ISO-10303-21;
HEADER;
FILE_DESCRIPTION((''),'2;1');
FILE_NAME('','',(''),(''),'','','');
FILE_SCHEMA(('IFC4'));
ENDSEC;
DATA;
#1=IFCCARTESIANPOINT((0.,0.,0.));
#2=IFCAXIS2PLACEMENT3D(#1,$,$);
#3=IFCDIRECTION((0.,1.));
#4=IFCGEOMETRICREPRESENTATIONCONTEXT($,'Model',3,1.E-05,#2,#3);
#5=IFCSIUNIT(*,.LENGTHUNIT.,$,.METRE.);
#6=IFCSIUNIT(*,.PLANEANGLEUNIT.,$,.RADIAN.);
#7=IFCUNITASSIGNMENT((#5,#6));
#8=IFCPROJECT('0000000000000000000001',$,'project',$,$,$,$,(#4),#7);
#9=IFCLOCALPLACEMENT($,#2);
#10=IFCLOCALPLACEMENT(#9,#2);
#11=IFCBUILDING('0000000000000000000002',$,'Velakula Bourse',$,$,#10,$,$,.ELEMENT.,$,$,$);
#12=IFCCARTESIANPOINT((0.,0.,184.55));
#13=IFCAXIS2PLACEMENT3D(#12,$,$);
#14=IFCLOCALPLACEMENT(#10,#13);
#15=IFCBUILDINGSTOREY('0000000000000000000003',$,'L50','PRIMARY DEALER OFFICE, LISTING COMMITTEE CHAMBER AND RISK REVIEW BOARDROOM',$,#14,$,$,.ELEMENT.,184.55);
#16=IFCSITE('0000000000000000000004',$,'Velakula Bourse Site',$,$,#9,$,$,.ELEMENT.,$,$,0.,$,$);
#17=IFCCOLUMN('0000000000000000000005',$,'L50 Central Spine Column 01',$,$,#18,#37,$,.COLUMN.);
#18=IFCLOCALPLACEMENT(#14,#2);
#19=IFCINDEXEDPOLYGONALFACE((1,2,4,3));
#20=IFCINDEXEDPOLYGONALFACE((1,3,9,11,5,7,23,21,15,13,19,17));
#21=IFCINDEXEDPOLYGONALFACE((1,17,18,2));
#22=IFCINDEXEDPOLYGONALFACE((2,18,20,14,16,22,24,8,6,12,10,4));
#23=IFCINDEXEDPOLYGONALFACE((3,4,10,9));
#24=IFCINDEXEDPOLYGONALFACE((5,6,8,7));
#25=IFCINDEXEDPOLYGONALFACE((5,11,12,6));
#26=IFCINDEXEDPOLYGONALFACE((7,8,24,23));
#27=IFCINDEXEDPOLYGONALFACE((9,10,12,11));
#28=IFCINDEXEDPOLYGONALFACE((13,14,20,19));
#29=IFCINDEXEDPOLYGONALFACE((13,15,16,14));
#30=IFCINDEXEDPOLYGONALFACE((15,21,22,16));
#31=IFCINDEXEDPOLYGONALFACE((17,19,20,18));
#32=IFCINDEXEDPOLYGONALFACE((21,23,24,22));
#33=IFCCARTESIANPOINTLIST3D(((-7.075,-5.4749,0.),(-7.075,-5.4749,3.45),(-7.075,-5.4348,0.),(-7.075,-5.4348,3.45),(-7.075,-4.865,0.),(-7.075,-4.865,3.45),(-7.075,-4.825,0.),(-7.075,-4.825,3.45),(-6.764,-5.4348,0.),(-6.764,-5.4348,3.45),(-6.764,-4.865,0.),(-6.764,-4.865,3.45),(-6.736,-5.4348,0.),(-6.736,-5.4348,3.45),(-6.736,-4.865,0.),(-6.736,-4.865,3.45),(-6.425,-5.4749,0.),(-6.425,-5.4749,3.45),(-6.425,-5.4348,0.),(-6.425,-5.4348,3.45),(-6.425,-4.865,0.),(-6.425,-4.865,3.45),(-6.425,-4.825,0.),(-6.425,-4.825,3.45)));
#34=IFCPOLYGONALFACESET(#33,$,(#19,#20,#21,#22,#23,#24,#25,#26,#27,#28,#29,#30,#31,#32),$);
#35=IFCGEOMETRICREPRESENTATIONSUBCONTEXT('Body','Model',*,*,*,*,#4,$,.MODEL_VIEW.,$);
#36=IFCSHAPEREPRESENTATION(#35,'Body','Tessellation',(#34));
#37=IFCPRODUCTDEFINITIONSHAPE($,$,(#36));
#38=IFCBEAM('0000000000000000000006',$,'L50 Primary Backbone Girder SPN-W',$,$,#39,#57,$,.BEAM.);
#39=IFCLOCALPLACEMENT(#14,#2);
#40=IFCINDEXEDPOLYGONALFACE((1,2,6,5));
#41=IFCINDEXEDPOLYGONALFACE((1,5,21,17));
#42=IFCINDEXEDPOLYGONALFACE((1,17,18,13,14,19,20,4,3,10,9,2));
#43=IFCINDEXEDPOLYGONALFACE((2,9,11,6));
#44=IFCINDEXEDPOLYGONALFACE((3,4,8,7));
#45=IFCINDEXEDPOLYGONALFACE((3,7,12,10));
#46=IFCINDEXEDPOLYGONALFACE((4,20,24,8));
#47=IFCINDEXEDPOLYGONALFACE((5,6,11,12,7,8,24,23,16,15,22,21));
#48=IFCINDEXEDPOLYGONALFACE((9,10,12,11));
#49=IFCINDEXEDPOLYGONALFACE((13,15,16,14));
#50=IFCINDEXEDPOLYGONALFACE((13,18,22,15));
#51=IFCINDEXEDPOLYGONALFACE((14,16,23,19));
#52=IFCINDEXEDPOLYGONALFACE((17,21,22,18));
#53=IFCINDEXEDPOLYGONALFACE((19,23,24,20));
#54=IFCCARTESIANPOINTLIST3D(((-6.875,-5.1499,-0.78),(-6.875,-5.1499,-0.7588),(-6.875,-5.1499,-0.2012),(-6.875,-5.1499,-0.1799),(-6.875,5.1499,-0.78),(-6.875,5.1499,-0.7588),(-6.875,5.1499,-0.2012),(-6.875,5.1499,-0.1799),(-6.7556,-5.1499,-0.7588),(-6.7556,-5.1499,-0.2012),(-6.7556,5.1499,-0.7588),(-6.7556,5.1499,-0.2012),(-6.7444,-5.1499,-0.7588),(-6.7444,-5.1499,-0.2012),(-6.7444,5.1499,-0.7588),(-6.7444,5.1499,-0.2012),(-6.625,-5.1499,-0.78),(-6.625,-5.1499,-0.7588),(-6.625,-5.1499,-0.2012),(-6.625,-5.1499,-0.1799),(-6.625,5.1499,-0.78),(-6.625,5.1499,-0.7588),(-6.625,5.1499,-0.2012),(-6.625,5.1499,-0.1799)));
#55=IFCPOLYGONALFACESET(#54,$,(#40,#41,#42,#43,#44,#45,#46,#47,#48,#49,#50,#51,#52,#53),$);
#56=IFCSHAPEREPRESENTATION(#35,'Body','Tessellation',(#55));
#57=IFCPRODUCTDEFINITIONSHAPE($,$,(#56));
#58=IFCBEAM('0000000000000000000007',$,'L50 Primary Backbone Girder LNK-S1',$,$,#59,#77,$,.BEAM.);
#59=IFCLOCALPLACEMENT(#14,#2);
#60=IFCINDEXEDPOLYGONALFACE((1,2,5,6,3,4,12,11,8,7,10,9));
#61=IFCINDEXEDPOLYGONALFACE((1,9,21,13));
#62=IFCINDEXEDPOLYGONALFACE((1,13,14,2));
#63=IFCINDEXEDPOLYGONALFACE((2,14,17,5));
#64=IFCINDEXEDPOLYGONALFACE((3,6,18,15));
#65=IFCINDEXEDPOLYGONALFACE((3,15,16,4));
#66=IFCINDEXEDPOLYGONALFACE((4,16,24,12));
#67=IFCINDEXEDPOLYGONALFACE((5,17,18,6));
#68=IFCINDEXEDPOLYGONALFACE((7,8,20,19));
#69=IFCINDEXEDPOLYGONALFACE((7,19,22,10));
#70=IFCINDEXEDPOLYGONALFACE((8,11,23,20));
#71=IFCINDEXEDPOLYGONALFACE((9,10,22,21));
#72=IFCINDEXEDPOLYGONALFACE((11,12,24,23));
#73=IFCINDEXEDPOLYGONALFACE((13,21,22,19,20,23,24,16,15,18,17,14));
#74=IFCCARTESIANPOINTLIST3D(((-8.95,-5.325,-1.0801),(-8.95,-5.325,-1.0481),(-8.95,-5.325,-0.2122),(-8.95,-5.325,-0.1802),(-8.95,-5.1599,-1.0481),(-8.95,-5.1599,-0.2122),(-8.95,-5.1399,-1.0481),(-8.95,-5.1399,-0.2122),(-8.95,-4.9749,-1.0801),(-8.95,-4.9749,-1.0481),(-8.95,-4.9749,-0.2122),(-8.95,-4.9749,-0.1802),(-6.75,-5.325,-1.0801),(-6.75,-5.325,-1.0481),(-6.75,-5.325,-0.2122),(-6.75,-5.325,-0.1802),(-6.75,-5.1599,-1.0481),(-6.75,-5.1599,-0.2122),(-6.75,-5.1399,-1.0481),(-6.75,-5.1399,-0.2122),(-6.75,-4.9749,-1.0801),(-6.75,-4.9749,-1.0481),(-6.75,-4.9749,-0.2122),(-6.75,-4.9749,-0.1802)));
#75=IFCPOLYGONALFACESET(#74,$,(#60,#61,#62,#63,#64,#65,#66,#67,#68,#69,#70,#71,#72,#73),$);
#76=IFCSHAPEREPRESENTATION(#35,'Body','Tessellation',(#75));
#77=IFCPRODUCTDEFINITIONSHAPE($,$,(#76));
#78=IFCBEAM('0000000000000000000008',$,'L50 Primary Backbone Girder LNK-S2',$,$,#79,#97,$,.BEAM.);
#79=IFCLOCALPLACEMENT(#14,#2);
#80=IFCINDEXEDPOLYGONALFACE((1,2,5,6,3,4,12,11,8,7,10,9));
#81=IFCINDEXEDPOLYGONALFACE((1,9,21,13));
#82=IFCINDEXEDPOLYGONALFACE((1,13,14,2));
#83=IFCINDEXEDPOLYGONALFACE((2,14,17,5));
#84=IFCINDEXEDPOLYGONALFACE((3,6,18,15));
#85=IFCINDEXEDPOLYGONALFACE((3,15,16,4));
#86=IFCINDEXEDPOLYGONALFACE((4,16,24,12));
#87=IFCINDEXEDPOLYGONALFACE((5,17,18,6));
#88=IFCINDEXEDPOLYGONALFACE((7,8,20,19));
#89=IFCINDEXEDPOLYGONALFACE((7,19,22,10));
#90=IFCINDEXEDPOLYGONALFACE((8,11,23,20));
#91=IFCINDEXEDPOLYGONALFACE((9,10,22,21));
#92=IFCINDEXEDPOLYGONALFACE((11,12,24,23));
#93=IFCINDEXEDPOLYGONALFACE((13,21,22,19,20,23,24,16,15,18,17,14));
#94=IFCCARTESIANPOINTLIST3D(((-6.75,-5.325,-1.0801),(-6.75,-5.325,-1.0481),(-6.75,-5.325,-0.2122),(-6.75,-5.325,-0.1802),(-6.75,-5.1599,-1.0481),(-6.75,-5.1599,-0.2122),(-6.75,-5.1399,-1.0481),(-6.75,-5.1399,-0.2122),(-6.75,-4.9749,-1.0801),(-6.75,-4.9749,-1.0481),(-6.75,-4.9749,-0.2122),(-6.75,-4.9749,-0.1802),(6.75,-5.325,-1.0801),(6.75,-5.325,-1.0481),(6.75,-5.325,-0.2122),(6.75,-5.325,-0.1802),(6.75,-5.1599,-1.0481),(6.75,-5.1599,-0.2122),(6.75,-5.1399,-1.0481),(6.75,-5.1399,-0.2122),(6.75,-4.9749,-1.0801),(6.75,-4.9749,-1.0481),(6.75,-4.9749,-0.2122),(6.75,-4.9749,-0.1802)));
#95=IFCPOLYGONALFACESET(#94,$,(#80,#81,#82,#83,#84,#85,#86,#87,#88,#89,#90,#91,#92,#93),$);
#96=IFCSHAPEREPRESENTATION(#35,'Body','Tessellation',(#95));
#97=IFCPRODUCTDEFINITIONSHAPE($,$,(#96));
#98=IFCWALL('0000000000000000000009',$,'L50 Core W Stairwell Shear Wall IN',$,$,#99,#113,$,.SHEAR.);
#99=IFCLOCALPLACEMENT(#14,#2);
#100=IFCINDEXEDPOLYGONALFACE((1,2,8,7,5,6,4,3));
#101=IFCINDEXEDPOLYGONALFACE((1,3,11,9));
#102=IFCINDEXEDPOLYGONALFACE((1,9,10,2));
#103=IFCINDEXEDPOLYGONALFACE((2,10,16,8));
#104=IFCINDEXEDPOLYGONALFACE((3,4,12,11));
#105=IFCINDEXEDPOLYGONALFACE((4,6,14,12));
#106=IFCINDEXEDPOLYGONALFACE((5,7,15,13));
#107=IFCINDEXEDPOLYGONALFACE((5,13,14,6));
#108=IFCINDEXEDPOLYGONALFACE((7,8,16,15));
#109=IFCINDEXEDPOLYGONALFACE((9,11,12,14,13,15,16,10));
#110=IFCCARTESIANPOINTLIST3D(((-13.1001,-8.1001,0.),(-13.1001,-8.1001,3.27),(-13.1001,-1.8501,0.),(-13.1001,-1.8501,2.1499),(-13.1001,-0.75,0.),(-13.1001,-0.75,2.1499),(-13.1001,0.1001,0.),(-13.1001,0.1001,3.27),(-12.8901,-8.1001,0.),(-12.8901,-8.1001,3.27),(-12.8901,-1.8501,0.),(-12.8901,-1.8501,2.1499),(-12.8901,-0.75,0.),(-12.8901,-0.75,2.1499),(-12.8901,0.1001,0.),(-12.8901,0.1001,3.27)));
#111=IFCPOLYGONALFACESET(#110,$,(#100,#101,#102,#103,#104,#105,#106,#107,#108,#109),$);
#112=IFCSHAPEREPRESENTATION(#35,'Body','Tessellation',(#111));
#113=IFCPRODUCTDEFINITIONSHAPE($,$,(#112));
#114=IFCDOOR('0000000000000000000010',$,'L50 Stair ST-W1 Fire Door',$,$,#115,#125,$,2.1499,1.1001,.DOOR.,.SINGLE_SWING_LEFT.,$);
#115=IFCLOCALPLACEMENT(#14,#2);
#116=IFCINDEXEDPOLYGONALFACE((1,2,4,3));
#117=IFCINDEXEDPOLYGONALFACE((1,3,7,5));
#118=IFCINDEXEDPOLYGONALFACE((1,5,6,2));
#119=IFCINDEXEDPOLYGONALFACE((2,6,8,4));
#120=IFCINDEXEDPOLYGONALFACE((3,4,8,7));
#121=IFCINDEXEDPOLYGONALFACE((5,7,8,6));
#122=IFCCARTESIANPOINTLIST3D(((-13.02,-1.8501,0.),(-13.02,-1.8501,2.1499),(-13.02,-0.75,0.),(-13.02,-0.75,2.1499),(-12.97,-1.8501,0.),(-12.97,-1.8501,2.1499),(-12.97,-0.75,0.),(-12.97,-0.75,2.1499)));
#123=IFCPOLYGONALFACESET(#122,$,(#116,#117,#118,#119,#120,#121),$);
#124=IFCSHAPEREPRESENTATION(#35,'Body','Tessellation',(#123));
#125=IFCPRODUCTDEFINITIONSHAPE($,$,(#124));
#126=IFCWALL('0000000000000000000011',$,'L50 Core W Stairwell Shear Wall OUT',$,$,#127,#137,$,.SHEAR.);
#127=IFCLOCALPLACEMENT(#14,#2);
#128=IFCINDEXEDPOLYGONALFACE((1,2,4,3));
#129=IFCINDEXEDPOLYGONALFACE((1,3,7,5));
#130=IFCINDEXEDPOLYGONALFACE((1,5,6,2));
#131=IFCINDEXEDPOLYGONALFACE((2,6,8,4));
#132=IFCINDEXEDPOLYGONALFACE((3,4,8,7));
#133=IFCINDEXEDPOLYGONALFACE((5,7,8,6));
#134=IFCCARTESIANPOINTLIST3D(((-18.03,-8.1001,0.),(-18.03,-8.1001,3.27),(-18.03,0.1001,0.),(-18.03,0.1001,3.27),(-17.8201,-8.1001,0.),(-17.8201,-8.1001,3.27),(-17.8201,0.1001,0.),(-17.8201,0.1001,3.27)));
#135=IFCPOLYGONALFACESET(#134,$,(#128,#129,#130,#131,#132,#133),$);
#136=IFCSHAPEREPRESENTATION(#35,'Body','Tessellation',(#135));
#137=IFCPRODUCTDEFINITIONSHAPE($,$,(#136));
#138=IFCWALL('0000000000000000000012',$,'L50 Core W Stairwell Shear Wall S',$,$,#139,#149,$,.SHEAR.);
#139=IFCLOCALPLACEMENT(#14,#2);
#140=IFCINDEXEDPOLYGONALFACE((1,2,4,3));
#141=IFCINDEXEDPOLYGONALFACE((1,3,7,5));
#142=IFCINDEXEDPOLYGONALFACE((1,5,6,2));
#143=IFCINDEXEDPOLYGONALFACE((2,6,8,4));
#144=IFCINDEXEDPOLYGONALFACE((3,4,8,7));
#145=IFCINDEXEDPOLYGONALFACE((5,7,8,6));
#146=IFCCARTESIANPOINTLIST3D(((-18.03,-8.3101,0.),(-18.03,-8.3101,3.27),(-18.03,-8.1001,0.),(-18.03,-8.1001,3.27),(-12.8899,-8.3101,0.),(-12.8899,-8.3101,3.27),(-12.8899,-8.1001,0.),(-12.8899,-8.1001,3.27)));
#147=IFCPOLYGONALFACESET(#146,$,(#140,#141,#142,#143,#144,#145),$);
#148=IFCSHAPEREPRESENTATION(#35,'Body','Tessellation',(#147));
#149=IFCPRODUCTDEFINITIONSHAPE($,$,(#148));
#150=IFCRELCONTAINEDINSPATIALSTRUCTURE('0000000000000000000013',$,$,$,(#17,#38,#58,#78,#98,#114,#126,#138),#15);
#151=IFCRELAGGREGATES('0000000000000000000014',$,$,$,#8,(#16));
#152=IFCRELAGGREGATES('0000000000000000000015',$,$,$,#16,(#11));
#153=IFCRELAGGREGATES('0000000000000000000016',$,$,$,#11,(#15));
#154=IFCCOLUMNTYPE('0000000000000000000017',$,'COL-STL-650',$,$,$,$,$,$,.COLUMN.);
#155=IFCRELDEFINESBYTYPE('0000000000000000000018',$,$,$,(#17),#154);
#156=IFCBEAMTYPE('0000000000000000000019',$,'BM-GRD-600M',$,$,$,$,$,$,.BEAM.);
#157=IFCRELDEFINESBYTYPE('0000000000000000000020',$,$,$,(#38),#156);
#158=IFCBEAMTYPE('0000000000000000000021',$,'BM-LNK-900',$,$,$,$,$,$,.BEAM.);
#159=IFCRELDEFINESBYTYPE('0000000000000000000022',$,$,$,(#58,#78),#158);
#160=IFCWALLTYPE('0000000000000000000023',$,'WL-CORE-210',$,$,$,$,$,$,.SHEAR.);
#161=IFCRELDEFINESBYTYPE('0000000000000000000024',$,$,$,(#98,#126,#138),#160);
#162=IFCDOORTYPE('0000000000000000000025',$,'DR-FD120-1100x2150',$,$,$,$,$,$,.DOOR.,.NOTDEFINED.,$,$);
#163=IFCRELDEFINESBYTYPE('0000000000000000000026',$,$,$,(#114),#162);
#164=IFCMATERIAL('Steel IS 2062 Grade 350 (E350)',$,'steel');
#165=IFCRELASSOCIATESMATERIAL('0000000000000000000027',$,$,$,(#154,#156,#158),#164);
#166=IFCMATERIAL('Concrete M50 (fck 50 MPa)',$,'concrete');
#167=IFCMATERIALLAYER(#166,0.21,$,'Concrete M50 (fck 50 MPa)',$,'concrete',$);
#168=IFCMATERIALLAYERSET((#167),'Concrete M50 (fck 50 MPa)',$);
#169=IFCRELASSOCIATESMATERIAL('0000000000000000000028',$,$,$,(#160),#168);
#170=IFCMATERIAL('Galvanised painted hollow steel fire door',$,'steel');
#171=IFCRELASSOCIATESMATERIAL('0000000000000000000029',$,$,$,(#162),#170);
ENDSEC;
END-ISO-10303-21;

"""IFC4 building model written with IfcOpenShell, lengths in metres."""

from ifc_helpers import new_model, si_unit, direction, frame, frame_2d, origin, origin_2d, place, context, subcontext, project, spatial, rectangle, i_section, extrude, material, layer, layer_set, material_profile, profile_set, type_object, element, fill, save


model = new_model("IFC4")

# Units and contexts
model_context = context("Model", 3, precision=1e-05, world=origin(), true_north=direction((0.0, 1.0)))
body_context = subcontext(model_context, "Body", "Model", "MODEL_VIEW")
ifc_project = project(units=[si_unit("LENGTHUNIT", "METRE"), si_unit("PLANEANGLEUNIT", "RADIAN")], contexts=[model_context])

# Site, building, storey
site_placement = place(None, origin())
site = spatial("IfcSite", under=ifc_project, at=site_placement, Name="Velakula Bourse Site", CompositionType="ELEMENT", RefElevation=0.0)
building_placement = place(site_placement, origin())
building = spatial("IfcBuilding", under=site, at=building_placement, Name="Velakula Bourse", CompositionType="ELEMENT")
storey_placement = place(building_placement, frame((0.0, 0.0, 184.55)))
storey = spatial("IfcBuildingStorey", under=building, at=storey_placement, Name="L50", Description="PRIMARY DEALER OFFICE, LISTING COMMITTEE CHAMBER AND RISK REVIEW BOARDROOM", CompositionType="ELEMENT", Elevation=184.55)

# Column
ifc_material_1 = material(Name="Steel IS 2062 Grade 350 (E350)", Category="steel")
ifc_material_profile_1 = material_profile(ifc_material_1, i_section(OverallWidth=0.6499, OverallDepth=0.6499, WebThickness=0.0281, FlangeThickness=0.04, at=origin_2d()), Name="Steel IS 2062 Grade 350 (E350)")
ifc_profile_set_1 = profile_set([ifc_material_profile_1], Name="Steel IS 2062 Grade 350 (E350)")
column_type = type_object("IfcColumnType", Name="COL-STL-650", PredefinedType="COLUMN", material=ifc_profile_set_1)
column_placement = place(storey_placement, frame((-6.75, -5.1499, 0.0), z_axis=(0.0, 0.0, 1.0), x_axis=(1.0, 0.0, 0.0)))
element("IfcColumn", 1, at=column_placement, inside=storey, type_object=column_type, Name="L50 Central Spine Column 01", PredefinedType="COLUMN", context=body_context, shape_type="SweptSolid", body=[
    extrude(i_section(OverallWidth=0.6499, OverallDepth=0.6499, WebThickness=0.0281, FlangeThickness=0.04, at=origin_2d()), origin(), (0.0, 0.0, 1.0), 3.45),
])

# Beams
ifc_material_profile_2 = material_profile(ifc_material_1, i_section(OverallWidth=0.25, OverallDepth=0.6001, WebThickness=0.0112, FlangeThickness=0.0212, at=origin_2d()), Name="Steel IS 2062 Grade 350 (E350)")
ifc_profile_set_2 = profile_set([ifc_material_profile_2], Name="Steel IS 2062 Grade 350 (E350)")
beam_type_1 = type_object("IfcBeamType", Name="BM-GRD-600M", PredefinedType="BEAM", material=ifc_profile_set_2)
beam_1_placement = place(storey_placement, frame((-6.75, -5.1499, -0.48), z_axis=(0.0, 1.0, 0.0), x_axis=(-1.0, 0.0, 0.0)))
element("IfcBeam", 2, at=beam_1_placement, inside=storey, type_object=beam_type_1, Name="L50 Primary Backbone Girder SPN-W", PredefinedType="BEAM", context=body_context, shape_type="SweptSolid", body=[
    extrude(i_section(OverallWidth=0.25, OverallDepth=0.6001, WebThickness=0.0112, FlangeThickness=0.0212, at=origin_2d()), origin(), (0.0, 0.0, 1.0), 10.2998),
])
ifc_material_profile_3 = material_profile(ifc_material_1, i_section(OverallWidth=0.3501, OverallDepth=0.8999, WebThickness=0.02, FlangeThickness=0.032, at=origin_2d()), Name="Steel IS 2062 Grade 350 (E350)")
ifc_profile_set_3 = profile_set([ifc_material_profile_3], Name="Steel IS 2062 Grade 350 (E350)")
beam_type_2 = type_object("IfcBeamType", Name="BM-LNK-900", PredefinedType="BEAM", material=ifc_profile_set_3)
beam_2_placement = place(storey_placement, frame((-8.95, -5.1499, -0.6301), z_axis=(1.0, 0.0, 0.0), x_axis=(0.0, 1.0, 0.0)))
element("IfcBeam", 3, at=beam_2_placement, inside=storey, type_object=beam_type_2, Name="L50 Primary Backbone Girder LNK-S1", PredefinedType="BEAM", context=body_context, shape_type="SweptSolid", body=[
    extrude(i_section(OverallWidth=0.3501, OverallDepth=0.8999, WebThickness=0.02, FlangeThickness=0.032, at=origin_2d()), origin(), (0.0, 0.0, 1.0), 2.2),
])
beam_3_placement = place(storey_placement, frame((-6.75, -5.1499, -0.6301), z_axis=(1.0, 0.0, 0.0), x_axis=(0.0, 1.0, 0.0)))
element("IfcBeam", 4, at=beam_3_placement, inside=storey, type_object=beam_type_2, Name="L50 Primary Backbone Girder LNK-S2", PredefinedType="BEAM", context=body_context, shape_type="SweptSolid", body=[
    extrude(i_section(OverallWidth=0.3501, OverallDepth=0.8999, WebThickness=0.02, FlangeThickness=0.032, at=origin_2d()), origin(), (0.0, 0.0, 1.0), 13.5),
])

# Wall, opening, door
ifc_material_2 = material(Name="Concrete M50 (fck 50 MPa)", Category="concrete")
ifc_layer_1 = layer(ifc_material_2, 0.21, Name="Concrete M50 (fck 50 MPa)", Category="concrete")
ifc_layer_set_1 = layer_set([ifc_layer_1], Name="Concrete M50 (fck 50 MPa)")
wall_type_1 = type_object("IfcWallType", Name="WL-CORE-210", PredefinedType="SHEAR", material=ifc_layer_set_1)
wall_1_placement = place(storey_placement, frame((-12.9951, -8.1001, 0.0), z_axis=(0.0, 0.0, 1.0), x_axis=(0.0, 1.0, 0.0)))
wall_1 = element("IfcWall", 5, at=wall_1_placement, inside=storey, type_object=wall_type_1, Name="L50 Core W Stairwell Shear Wall IN", PredefinedType="SHEAR", context=body_context, shape_type="SweptSolid", body=[
    extrude(rectangle(XDim=8.2002, YDim=0.21, at=frame_2d((4.1001, 0.0))), origin(), (0.0, 0.0, 1.0), 3.27),
])
opening_1_placement = place(wall_1_placement, frame((6.25, 0.0, 0.0)))
opening_1 = element("IfcOpeningElement", 6, at=opening_1_placement, cuts=wall_1, PredefinedType="OPENING", context=body_context, shape_type="SweptSolid", body=[
    extrude(rectangle(XDim=1.1001, YDim=2.1499, at=frame_2d((0.55, 1.075))), frame((0.0, 0.115, 0.0), z_axis=(0.0, -1.0, 0.0), x_axis=(1.0, 0.0, 0.0)), (0.0, 0.0, 1.0), 0.23),
])
ifc_material_3 = material(Name="Galvanised painted hollow steel fire door", Category="steel")
door_type_1 = type_object("IfcDoorType", Name="DR-FD120-1100x2150", OperationType="NOTDEFINED", PredefinedType="DOOR", material=ifc_material_3)
door_1_placement = place(opening_1_placement, origin())
door_1 = element("IfcDoor", 7, at=door_1_placement, inside=storey, type_object=door_type_1, Name="L50 Stair ST-W1 Fire Door", OperationType="SINGLE_SWING_LEFT", OverallHeight=2.1499, OverallWidth=1.1001, PredefinedType="DOOR", context=body_context, shape_type="SweptSolid", body=[
    extrude(rectangle(XDim=1.1001, YDim=2.1499, at=frame_2d((0.55, 1.075))), frame((0.0, 0.0249, 0.0), z_axis=(0.0, -1.0, 0.0), x_axis=(1.0, 0.0, 0.0)), (0.0, 0.0, 1.0), 0.05),
])
fill(opening_1, door_1)

# Walls
wall_2_placement = place(storey_placement, frame((-17.925, -8.1001, 0.0), z_axis=(0.0, 0.0, 1.0), x_axis=(0.0, 1.0, 0.0)))
element("IfcWall", 8, at=wall_2_placement, inside=storey, type_object=wall_type_1, Name="L50 Core W Stairwell Shear Wall OUT", PredefinedType="SHEAR", context=body_context, shape_type="SweptSolid", body=[
    extrude(rectangle(XDim=8.2002, YDim=0.21, at=frame_2d((4.1001, 0.0))), origin(), (0.0, 0.0, 1.0), 3.27),
])
wall_3_placement = place(storey_placement, frame((-18.03, -8.2051, 0.0), z_axis=(0.0, 0.0, 1.0), x_axis=(1.0, 0.0, 0.0)))
element("IfcWall", 9, at=wall_3_placement, inside=storey, type_object=wall_type_1, Name="L50 Core W Stairwell Shear Wall S", PredefinedType="SHEAR", context=body_context, shape_type="SweptSolid", body=[
    extrude(rectangle(XDim=5.1401, YDim=0.21, at=frame_2d((2.5701, 0.0))), origin(), (0.0, 0.0, 1.0), 3.27),
])

save(model, "model.ifc")
